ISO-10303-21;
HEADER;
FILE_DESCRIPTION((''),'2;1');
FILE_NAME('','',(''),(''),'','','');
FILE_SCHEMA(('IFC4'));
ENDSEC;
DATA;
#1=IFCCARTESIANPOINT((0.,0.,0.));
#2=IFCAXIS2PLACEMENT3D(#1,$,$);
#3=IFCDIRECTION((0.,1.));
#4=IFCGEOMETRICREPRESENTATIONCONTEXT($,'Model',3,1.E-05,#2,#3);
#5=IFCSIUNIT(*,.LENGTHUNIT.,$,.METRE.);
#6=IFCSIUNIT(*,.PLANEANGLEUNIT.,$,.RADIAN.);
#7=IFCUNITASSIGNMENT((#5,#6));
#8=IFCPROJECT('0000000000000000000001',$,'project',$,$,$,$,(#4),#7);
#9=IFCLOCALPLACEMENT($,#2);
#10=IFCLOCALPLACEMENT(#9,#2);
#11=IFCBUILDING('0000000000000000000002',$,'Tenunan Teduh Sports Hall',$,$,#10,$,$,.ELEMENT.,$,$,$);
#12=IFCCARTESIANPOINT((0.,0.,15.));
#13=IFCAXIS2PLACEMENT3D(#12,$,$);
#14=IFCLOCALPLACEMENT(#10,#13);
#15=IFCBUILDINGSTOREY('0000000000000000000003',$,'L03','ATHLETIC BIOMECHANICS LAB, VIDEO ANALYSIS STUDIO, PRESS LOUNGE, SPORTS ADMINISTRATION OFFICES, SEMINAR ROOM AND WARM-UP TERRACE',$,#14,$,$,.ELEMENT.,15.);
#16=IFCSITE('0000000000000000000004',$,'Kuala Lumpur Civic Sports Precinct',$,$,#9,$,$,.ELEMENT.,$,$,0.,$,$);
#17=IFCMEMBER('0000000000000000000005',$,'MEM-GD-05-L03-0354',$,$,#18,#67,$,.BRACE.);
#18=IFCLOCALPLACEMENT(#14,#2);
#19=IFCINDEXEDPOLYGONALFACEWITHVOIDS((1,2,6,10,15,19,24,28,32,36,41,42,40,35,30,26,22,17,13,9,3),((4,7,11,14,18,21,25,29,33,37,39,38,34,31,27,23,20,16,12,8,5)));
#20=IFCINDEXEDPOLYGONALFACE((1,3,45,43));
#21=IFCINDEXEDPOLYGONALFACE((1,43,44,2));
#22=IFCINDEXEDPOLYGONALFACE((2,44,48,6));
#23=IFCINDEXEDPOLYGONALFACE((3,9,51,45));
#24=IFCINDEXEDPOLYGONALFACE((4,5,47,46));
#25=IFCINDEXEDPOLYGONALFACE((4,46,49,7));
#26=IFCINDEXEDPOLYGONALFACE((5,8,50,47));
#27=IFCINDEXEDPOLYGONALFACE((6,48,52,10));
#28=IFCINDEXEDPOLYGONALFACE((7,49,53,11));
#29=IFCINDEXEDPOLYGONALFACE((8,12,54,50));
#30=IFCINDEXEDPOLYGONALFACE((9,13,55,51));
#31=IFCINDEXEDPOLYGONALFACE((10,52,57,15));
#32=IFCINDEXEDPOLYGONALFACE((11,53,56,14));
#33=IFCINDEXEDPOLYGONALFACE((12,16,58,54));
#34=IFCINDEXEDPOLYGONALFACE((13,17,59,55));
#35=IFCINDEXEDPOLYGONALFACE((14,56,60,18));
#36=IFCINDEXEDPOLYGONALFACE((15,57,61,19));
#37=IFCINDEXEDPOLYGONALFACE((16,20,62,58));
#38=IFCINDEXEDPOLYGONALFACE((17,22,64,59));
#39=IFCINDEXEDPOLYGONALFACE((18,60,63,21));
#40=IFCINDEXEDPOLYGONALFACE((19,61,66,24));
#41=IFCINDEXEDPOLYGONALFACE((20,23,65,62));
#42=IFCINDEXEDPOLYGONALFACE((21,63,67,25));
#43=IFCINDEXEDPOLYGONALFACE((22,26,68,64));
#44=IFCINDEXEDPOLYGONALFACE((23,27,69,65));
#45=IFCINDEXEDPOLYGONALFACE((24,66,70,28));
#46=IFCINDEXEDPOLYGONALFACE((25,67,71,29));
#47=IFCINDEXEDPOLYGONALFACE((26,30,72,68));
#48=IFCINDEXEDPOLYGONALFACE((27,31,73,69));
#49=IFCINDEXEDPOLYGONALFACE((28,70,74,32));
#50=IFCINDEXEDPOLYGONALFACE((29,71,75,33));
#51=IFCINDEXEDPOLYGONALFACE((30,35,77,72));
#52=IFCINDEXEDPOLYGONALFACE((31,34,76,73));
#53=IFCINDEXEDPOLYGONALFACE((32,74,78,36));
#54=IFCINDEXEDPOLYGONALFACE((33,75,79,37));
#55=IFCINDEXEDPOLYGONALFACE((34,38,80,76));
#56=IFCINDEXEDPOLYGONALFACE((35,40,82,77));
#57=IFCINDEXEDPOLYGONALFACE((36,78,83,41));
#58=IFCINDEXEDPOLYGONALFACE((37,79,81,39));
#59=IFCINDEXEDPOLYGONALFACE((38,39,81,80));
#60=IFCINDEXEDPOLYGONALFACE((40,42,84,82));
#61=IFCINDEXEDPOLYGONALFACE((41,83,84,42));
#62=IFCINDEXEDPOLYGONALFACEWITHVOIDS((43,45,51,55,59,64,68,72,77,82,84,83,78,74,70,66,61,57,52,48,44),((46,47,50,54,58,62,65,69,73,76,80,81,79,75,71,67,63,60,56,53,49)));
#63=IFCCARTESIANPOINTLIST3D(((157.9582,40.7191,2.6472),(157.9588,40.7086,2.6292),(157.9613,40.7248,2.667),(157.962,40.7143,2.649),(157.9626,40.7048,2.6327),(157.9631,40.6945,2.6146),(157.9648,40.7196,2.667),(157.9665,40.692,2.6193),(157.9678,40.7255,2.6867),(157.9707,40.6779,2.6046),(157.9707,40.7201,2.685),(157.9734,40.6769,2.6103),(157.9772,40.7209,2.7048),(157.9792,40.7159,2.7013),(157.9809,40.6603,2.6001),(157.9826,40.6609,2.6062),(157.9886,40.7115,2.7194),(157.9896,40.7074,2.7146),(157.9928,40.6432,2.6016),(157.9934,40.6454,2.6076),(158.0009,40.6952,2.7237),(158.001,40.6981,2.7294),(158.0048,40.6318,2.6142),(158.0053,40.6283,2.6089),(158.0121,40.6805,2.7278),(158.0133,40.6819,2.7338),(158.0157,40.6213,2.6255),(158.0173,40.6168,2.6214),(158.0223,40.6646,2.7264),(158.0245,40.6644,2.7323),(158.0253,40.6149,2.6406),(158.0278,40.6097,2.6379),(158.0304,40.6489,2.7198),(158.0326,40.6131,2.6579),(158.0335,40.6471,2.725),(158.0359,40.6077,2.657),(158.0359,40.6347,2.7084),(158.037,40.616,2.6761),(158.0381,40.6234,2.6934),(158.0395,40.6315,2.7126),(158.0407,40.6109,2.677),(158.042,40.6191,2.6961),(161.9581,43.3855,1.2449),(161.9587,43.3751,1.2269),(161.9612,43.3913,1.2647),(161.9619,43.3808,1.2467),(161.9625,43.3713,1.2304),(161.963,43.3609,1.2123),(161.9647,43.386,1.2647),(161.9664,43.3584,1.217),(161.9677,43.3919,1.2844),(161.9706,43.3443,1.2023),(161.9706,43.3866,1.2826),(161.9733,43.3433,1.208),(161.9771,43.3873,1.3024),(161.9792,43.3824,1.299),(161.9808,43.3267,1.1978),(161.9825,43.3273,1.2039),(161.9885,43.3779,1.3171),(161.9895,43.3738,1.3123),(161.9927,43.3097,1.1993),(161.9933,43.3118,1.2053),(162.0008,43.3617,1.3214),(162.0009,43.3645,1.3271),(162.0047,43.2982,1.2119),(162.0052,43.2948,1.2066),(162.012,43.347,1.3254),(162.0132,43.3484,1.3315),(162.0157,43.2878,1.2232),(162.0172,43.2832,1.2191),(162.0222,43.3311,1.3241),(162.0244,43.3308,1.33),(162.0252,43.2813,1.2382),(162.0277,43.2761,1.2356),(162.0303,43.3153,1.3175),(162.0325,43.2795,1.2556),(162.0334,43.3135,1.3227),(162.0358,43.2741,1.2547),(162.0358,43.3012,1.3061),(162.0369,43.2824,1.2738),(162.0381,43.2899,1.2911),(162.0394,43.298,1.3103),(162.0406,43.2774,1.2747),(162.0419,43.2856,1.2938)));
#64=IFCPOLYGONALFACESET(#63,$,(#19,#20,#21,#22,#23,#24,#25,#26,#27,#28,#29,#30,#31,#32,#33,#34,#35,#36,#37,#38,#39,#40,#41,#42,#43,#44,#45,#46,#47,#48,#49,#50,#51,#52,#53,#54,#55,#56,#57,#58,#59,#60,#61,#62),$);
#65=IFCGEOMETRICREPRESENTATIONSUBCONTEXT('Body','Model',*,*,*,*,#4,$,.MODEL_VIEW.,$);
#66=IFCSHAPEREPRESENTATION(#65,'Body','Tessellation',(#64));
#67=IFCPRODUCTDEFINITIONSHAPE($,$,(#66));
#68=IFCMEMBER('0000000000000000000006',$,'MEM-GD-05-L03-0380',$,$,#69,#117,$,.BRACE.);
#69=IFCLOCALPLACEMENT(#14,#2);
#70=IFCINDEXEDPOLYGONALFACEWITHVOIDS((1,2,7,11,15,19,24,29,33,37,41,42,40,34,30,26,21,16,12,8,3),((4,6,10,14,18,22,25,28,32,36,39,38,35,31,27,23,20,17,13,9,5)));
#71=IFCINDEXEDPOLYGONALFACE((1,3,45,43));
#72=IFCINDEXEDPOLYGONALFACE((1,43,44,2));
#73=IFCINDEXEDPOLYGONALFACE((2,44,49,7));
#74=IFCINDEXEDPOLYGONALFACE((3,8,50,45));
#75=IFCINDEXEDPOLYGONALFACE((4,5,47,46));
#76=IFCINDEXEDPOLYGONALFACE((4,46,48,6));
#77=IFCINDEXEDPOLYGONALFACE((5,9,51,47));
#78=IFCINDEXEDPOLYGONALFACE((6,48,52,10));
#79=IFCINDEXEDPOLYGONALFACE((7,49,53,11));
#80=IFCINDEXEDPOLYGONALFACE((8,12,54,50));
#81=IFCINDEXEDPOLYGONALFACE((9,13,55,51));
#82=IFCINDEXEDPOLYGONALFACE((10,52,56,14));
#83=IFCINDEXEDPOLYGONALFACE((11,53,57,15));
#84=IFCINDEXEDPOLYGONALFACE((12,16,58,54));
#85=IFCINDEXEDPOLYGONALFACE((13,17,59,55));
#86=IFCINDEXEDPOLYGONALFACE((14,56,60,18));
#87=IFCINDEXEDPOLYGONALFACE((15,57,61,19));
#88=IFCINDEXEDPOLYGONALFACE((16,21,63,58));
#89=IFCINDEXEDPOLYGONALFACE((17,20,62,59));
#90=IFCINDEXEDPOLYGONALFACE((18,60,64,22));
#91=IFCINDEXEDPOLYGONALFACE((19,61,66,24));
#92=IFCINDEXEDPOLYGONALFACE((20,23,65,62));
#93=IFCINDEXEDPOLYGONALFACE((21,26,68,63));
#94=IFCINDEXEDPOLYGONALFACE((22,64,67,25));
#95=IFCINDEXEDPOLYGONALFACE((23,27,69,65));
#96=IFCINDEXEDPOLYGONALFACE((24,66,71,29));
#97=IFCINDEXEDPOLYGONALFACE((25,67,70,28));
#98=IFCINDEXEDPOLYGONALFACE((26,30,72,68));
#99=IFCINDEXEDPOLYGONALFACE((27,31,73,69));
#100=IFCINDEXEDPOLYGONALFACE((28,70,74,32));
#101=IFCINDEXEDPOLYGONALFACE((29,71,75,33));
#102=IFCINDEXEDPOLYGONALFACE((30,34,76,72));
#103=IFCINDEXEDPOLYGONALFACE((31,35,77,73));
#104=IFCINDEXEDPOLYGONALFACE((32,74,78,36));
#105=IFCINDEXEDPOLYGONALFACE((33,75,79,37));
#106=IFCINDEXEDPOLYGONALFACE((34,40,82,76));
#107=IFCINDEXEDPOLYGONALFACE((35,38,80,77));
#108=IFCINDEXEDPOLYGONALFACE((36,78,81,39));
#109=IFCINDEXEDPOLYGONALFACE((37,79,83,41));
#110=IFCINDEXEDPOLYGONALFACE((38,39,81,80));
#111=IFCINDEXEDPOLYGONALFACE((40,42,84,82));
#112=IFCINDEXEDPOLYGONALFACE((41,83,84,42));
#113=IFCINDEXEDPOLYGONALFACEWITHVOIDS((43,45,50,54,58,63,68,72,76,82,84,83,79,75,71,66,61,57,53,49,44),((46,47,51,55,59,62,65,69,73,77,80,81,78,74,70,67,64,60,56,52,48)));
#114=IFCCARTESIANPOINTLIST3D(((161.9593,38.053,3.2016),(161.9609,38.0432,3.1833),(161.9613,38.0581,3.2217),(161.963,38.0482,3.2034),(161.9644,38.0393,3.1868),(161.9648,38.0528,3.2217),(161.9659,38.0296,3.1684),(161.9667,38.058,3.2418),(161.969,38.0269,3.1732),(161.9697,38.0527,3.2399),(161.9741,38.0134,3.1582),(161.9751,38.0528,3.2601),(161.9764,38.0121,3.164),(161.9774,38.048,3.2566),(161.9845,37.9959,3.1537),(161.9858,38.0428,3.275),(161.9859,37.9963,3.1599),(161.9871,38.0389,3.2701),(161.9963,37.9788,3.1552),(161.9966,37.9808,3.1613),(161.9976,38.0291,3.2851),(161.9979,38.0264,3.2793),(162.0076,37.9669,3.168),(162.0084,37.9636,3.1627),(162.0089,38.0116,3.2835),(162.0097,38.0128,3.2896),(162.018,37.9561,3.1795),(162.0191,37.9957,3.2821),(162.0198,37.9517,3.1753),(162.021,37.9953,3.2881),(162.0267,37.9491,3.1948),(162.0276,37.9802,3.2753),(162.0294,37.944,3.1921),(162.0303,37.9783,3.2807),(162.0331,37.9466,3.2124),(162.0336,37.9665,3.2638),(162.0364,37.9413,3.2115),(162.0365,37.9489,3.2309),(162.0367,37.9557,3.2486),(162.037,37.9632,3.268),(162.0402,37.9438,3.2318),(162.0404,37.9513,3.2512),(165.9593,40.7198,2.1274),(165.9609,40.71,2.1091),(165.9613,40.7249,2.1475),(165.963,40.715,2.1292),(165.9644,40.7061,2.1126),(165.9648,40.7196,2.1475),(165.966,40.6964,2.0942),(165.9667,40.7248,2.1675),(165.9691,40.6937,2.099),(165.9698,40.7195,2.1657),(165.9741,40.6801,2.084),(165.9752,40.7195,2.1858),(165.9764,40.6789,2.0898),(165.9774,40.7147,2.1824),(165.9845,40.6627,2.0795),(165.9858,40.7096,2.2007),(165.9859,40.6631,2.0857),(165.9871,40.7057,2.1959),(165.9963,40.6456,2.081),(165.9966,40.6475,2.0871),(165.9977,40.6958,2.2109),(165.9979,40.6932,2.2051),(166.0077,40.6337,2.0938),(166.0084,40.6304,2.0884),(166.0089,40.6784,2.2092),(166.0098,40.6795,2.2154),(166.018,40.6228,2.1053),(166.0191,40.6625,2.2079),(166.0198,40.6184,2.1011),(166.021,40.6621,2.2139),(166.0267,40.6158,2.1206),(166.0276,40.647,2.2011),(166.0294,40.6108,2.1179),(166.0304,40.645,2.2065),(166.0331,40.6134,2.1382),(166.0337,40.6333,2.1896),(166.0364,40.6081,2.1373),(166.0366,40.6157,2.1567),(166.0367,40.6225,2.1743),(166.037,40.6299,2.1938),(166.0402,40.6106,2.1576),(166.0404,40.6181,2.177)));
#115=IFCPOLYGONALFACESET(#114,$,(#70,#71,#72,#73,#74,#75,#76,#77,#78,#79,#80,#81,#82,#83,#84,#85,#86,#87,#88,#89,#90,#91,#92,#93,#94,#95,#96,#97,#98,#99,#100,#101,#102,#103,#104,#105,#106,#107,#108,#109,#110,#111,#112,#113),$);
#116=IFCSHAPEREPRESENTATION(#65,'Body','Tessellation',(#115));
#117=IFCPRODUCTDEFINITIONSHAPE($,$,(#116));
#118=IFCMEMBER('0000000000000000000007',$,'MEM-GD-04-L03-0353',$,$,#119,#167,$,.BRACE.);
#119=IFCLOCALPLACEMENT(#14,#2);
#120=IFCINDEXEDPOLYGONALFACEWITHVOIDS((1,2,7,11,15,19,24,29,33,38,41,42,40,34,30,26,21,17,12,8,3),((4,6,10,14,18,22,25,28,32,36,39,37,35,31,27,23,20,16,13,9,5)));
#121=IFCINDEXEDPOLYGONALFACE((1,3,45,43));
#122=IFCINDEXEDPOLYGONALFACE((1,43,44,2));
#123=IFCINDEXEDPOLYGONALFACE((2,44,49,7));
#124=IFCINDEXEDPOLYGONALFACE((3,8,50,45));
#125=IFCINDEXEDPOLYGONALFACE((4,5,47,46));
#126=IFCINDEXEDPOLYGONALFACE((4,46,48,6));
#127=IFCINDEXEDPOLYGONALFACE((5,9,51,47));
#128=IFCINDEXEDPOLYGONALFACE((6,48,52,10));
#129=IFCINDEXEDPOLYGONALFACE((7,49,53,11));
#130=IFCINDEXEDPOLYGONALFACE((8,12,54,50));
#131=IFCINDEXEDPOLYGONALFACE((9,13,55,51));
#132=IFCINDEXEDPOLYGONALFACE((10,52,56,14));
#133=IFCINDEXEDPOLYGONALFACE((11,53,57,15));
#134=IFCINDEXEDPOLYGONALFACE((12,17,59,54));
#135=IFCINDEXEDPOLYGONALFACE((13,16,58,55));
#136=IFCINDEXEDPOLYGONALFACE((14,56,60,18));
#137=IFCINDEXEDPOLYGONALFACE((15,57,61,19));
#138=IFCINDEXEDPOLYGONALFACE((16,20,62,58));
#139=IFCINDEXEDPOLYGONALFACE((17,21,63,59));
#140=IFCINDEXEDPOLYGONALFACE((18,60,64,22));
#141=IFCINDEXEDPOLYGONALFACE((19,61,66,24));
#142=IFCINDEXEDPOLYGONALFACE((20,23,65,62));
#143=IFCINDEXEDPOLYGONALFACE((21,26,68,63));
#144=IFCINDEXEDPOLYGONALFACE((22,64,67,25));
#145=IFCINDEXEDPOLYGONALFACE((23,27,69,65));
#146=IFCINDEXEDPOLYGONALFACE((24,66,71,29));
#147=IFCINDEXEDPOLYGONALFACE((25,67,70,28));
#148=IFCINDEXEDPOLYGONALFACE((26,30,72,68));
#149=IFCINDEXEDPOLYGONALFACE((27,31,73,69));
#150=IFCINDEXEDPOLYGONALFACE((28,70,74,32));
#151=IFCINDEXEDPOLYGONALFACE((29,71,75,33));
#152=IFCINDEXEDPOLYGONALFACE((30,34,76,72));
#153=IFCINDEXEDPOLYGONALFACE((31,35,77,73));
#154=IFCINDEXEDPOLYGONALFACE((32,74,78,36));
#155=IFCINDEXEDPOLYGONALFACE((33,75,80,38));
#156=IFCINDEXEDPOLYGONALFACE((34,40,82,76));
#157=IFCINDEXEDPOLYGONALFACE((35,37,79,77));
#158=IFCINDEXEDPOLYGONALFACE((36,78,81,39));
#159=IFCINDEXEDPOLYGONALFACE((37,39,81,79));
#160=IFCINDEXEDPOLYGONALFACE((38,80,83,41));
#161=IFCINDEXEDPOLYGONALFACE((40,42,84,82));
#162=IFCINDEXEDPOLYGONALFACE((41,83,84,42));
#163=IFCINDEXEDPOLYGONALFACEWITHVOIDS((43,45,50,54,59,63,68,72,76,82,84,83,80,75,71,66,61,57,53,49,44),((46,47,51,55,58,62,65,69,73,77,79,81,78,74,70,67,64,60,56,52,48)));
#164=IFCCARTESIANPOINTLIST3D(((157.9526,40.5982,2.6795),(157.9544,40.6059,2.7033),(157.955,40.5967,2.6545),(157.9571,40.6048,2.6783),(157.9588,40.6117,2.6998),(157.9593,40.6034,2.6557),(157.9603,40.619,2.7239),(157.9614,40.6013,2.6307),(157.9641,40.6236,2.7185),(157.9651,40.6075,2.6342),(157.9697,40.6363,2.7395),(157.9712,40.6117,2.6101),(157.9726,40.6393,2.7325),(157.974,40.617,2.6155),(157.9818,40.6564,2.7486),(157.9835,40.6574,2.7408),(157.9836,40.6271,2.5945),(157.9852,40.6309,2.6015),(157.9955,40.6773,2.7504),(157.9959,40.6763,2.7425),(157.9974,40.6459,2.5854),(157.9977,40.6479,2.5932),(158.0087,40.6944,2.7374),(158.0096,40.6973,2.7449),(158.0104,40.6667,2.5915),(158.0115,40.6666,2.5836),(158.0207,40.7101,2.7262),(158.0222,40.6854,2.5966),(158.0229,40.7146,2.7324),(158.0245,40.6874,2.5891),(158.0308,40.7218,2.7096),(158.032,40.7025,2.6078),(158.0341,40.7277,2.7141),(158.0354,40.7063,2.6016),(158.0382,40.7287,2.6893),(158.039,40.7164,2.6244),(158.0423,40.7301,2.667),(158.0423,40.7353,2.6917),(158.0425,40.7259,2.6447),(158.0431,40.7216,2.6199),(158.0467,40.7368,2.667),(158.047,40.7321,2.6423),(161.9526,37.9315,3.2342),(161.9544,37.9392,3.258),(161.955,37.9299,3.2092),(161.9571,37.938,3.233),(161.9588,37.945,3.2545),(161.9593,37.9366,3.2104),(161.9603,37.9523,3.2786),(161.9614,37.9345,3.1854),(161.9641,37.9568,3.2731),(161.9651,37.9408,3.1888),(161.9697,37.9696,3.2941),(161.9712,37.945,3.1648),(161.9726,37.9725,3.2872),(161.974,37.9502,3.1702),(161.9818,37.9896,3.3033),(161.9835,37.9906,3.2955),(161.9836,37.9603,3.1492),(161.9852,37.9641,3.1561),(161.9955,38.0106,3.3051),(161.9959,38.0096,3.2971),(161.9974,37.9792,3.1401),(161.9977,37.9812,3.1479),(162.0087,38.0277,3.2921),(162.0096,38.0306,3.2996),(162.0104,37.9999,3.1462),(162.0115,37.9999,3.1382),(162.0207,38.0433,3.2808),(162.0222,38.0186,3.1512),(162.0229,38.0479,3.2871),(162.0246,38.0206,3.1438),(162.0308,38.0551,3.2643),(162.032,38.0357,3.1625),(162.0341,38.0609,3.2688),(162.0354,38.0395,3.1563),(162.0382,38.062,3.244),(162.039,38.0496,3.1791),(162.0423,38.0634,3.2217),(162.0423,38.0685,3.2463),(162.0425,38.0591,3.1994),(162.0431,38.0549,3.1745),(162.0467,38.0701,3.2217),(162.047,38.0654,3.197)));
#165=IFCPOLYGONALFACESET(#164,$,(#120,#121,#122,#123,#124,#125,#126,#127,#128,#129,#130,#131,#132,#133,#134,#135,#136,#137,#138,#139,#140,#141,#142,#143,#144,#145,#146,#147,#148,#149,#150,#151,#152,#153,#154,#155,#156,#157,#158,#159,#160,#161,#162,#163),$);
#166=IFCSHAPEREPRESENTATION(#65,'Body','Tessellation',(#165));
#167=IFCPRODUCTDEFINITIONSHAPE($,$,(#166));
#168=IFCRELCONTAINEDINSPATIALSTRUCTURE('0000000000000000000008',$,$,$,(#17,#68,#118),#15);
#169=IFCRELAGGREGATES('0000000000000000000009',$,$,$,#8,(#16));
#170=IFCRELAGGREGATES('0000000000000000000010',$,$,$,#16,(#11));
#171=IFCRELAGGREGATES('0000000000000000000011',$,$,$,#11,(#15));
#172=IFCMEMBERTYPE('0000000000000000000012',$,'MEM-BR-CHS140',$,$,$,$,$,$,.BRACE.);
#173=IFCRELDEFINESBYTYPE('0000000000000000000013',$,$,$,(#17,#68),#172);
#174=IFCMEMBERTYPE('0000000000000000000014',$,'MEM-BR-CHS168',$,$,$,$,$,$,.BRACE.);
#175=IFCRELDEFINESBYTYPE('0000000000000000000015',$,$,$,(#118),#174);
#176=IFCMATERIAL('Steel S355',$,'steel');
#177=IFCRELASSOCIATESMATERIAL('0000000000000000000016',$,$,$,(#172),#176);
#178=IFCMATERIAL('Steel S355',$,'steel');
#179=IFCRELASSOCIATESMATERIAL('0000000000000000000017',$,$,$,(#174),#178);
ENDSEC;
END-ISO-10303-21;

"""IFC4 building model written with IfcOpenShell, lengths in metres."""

from ifc_helpers import new_model, si_unit, direction, frame, origin, origin_2d, place, context, subcontext, project, spatial, hollow_circle, extrude, material, material_profile, profile_set, type_object, element, save


model = new_model("IFC4")

# Units and contexts
model_context = context("Model", 3, precision=1e-05, world=origin(), true_north=direction((0.0, 1.0)))
body_context = subcontext(model_context, "Body", "Model", "MODEL_VIEW")
ifc_project = project(units=[si_unit("LENGTHUNIT", "METRE"), si_unit("PLANEANGLEUNIT", "RADIAN")], contexts=[model_context])

# Site, building, storey
site_placement = place(None, origin())
site = spatial("IfcSite", under=ifc_project, at=site_placement, Name="Kuala Lumpur Civic Sports Precinct", CompositionType="ELEMENT", RefElevation=0.0)
building_placement = place(site_placement, origin())
building = spatial("IfcBuilding", under=site, at=building_placement, Name="Tenunan Teduh Sports Hall", CompositionType="ELEMENT")
storey_placement = place(building_placement, frame((0.0, 0.0, 15.0)))
storey = spatial("IfcBuildingStorey", under=building, at=storey_placement, Name="L03", Description="ATHLETIC BIOMECHANICS LAB, VIDEO ANALYSIS STUDIO, PRESS LOUNGE, SPORTS ADMINISTRATION OFFICES, SEMINAR ROOM AND WARM-UP TERRACE", CompositionType="ELEMENT", Elevation=15.0)

# Members
ifc_material_1 = material(Name="Steel S355", Category="steel")
ifc_material_profile_1 = material_profile(ifc_material_1, hollow_circle(Radius=0.0698, WallThickness=0.0063, at=origin_2d()), Name="CHS 139.7x6.3")
ifc_profile_set_1 = profile_set([ifc_material_profile_1], Name="Steel S355")
member_type_1 = type_object("IfcMemberType", Name="MEM-BR-CHS140", PredefinedType="BRACE", material=ifc_profile_set_1)
member_1_placement = place(storey_placement, frame((158.0, 40.6667, 2.667), z_axis=(0.798774, 0.532483, -0.280039), x_axis=(-0.554677, 0.832066, 0.0)))
element("IfcMember", 1, at=member_1_placement, inside=storey, type_object=member_type_1, Name="MEM-GD-05-L03-0354", PredefinedType="BRACE", context=body_context, shape_type="SweptSolid", body=[
    extrude(hollow_circle(Radius=0.0698, WallThickness=0.0063, at=origin_2d()), origin(), (0.0, 0.0, 1.0), 5.0076),
])
member_2_placement = place(storey_placement, frame((162.0, 38.0, 3.2217), z_axis=(0.812018, 0.541362, -0.218071), x_axis=(-0.554712, 0.832042, 0.0)))
element("IfcMember", 2, at=member_2_placement, inside=storey, type_object=member_type_1, Name="MEM-GD-05-L03-0380", PredefinedType="BRACE", context=body_context, shape_type="SweptSolid", body=[
    extrude(hollow_circle(Radius=0.0698, WallThickness=0.0063, at=origin_2d()), origin(), (0.0, 0.0, 1.0), 4.926),
])
ifc_material_2 = material(Name="Steel S355", Category="steel")
ifc_material_profile_2 = material_profile(ifc_material_2, hollow_circle(Radius=0.0842, WallThickness=0.0081, at=origin_2d()), Name="CHS 168.3x8.0")
ifc_profile_set_2 = profile_set([ifc_material_profile_2], Name="Steel S355")
member_type_2 = type_object("IfcMemberType", Name="MEM-BR-CHS168", PredefinedType="BRACE", material=ifc_profile_set_2)
member_3_placement = place(storey_placement, frame((158.0, 40.6667, 2.667), z_axis=(0.826559, -0.551056, 0.11462), x_axis=(0.554712, 0.832042, 0.0)))
element("IfcMember", 3, at=member_3_placement, inside=storey, type_object=member_type_2, Name="MEM-GD-04-L03-0353", PredefinedType="BRACE", context=body_context, shape_type="SweptSolid", body=[
    extrude(hollow_circle(Radius=0.0842, WallThickness=0.0081, at=origin_2d()), origin(), (0.0, 0.0, 1.0), 4.8394),
])

save(model, "model.ifc")
